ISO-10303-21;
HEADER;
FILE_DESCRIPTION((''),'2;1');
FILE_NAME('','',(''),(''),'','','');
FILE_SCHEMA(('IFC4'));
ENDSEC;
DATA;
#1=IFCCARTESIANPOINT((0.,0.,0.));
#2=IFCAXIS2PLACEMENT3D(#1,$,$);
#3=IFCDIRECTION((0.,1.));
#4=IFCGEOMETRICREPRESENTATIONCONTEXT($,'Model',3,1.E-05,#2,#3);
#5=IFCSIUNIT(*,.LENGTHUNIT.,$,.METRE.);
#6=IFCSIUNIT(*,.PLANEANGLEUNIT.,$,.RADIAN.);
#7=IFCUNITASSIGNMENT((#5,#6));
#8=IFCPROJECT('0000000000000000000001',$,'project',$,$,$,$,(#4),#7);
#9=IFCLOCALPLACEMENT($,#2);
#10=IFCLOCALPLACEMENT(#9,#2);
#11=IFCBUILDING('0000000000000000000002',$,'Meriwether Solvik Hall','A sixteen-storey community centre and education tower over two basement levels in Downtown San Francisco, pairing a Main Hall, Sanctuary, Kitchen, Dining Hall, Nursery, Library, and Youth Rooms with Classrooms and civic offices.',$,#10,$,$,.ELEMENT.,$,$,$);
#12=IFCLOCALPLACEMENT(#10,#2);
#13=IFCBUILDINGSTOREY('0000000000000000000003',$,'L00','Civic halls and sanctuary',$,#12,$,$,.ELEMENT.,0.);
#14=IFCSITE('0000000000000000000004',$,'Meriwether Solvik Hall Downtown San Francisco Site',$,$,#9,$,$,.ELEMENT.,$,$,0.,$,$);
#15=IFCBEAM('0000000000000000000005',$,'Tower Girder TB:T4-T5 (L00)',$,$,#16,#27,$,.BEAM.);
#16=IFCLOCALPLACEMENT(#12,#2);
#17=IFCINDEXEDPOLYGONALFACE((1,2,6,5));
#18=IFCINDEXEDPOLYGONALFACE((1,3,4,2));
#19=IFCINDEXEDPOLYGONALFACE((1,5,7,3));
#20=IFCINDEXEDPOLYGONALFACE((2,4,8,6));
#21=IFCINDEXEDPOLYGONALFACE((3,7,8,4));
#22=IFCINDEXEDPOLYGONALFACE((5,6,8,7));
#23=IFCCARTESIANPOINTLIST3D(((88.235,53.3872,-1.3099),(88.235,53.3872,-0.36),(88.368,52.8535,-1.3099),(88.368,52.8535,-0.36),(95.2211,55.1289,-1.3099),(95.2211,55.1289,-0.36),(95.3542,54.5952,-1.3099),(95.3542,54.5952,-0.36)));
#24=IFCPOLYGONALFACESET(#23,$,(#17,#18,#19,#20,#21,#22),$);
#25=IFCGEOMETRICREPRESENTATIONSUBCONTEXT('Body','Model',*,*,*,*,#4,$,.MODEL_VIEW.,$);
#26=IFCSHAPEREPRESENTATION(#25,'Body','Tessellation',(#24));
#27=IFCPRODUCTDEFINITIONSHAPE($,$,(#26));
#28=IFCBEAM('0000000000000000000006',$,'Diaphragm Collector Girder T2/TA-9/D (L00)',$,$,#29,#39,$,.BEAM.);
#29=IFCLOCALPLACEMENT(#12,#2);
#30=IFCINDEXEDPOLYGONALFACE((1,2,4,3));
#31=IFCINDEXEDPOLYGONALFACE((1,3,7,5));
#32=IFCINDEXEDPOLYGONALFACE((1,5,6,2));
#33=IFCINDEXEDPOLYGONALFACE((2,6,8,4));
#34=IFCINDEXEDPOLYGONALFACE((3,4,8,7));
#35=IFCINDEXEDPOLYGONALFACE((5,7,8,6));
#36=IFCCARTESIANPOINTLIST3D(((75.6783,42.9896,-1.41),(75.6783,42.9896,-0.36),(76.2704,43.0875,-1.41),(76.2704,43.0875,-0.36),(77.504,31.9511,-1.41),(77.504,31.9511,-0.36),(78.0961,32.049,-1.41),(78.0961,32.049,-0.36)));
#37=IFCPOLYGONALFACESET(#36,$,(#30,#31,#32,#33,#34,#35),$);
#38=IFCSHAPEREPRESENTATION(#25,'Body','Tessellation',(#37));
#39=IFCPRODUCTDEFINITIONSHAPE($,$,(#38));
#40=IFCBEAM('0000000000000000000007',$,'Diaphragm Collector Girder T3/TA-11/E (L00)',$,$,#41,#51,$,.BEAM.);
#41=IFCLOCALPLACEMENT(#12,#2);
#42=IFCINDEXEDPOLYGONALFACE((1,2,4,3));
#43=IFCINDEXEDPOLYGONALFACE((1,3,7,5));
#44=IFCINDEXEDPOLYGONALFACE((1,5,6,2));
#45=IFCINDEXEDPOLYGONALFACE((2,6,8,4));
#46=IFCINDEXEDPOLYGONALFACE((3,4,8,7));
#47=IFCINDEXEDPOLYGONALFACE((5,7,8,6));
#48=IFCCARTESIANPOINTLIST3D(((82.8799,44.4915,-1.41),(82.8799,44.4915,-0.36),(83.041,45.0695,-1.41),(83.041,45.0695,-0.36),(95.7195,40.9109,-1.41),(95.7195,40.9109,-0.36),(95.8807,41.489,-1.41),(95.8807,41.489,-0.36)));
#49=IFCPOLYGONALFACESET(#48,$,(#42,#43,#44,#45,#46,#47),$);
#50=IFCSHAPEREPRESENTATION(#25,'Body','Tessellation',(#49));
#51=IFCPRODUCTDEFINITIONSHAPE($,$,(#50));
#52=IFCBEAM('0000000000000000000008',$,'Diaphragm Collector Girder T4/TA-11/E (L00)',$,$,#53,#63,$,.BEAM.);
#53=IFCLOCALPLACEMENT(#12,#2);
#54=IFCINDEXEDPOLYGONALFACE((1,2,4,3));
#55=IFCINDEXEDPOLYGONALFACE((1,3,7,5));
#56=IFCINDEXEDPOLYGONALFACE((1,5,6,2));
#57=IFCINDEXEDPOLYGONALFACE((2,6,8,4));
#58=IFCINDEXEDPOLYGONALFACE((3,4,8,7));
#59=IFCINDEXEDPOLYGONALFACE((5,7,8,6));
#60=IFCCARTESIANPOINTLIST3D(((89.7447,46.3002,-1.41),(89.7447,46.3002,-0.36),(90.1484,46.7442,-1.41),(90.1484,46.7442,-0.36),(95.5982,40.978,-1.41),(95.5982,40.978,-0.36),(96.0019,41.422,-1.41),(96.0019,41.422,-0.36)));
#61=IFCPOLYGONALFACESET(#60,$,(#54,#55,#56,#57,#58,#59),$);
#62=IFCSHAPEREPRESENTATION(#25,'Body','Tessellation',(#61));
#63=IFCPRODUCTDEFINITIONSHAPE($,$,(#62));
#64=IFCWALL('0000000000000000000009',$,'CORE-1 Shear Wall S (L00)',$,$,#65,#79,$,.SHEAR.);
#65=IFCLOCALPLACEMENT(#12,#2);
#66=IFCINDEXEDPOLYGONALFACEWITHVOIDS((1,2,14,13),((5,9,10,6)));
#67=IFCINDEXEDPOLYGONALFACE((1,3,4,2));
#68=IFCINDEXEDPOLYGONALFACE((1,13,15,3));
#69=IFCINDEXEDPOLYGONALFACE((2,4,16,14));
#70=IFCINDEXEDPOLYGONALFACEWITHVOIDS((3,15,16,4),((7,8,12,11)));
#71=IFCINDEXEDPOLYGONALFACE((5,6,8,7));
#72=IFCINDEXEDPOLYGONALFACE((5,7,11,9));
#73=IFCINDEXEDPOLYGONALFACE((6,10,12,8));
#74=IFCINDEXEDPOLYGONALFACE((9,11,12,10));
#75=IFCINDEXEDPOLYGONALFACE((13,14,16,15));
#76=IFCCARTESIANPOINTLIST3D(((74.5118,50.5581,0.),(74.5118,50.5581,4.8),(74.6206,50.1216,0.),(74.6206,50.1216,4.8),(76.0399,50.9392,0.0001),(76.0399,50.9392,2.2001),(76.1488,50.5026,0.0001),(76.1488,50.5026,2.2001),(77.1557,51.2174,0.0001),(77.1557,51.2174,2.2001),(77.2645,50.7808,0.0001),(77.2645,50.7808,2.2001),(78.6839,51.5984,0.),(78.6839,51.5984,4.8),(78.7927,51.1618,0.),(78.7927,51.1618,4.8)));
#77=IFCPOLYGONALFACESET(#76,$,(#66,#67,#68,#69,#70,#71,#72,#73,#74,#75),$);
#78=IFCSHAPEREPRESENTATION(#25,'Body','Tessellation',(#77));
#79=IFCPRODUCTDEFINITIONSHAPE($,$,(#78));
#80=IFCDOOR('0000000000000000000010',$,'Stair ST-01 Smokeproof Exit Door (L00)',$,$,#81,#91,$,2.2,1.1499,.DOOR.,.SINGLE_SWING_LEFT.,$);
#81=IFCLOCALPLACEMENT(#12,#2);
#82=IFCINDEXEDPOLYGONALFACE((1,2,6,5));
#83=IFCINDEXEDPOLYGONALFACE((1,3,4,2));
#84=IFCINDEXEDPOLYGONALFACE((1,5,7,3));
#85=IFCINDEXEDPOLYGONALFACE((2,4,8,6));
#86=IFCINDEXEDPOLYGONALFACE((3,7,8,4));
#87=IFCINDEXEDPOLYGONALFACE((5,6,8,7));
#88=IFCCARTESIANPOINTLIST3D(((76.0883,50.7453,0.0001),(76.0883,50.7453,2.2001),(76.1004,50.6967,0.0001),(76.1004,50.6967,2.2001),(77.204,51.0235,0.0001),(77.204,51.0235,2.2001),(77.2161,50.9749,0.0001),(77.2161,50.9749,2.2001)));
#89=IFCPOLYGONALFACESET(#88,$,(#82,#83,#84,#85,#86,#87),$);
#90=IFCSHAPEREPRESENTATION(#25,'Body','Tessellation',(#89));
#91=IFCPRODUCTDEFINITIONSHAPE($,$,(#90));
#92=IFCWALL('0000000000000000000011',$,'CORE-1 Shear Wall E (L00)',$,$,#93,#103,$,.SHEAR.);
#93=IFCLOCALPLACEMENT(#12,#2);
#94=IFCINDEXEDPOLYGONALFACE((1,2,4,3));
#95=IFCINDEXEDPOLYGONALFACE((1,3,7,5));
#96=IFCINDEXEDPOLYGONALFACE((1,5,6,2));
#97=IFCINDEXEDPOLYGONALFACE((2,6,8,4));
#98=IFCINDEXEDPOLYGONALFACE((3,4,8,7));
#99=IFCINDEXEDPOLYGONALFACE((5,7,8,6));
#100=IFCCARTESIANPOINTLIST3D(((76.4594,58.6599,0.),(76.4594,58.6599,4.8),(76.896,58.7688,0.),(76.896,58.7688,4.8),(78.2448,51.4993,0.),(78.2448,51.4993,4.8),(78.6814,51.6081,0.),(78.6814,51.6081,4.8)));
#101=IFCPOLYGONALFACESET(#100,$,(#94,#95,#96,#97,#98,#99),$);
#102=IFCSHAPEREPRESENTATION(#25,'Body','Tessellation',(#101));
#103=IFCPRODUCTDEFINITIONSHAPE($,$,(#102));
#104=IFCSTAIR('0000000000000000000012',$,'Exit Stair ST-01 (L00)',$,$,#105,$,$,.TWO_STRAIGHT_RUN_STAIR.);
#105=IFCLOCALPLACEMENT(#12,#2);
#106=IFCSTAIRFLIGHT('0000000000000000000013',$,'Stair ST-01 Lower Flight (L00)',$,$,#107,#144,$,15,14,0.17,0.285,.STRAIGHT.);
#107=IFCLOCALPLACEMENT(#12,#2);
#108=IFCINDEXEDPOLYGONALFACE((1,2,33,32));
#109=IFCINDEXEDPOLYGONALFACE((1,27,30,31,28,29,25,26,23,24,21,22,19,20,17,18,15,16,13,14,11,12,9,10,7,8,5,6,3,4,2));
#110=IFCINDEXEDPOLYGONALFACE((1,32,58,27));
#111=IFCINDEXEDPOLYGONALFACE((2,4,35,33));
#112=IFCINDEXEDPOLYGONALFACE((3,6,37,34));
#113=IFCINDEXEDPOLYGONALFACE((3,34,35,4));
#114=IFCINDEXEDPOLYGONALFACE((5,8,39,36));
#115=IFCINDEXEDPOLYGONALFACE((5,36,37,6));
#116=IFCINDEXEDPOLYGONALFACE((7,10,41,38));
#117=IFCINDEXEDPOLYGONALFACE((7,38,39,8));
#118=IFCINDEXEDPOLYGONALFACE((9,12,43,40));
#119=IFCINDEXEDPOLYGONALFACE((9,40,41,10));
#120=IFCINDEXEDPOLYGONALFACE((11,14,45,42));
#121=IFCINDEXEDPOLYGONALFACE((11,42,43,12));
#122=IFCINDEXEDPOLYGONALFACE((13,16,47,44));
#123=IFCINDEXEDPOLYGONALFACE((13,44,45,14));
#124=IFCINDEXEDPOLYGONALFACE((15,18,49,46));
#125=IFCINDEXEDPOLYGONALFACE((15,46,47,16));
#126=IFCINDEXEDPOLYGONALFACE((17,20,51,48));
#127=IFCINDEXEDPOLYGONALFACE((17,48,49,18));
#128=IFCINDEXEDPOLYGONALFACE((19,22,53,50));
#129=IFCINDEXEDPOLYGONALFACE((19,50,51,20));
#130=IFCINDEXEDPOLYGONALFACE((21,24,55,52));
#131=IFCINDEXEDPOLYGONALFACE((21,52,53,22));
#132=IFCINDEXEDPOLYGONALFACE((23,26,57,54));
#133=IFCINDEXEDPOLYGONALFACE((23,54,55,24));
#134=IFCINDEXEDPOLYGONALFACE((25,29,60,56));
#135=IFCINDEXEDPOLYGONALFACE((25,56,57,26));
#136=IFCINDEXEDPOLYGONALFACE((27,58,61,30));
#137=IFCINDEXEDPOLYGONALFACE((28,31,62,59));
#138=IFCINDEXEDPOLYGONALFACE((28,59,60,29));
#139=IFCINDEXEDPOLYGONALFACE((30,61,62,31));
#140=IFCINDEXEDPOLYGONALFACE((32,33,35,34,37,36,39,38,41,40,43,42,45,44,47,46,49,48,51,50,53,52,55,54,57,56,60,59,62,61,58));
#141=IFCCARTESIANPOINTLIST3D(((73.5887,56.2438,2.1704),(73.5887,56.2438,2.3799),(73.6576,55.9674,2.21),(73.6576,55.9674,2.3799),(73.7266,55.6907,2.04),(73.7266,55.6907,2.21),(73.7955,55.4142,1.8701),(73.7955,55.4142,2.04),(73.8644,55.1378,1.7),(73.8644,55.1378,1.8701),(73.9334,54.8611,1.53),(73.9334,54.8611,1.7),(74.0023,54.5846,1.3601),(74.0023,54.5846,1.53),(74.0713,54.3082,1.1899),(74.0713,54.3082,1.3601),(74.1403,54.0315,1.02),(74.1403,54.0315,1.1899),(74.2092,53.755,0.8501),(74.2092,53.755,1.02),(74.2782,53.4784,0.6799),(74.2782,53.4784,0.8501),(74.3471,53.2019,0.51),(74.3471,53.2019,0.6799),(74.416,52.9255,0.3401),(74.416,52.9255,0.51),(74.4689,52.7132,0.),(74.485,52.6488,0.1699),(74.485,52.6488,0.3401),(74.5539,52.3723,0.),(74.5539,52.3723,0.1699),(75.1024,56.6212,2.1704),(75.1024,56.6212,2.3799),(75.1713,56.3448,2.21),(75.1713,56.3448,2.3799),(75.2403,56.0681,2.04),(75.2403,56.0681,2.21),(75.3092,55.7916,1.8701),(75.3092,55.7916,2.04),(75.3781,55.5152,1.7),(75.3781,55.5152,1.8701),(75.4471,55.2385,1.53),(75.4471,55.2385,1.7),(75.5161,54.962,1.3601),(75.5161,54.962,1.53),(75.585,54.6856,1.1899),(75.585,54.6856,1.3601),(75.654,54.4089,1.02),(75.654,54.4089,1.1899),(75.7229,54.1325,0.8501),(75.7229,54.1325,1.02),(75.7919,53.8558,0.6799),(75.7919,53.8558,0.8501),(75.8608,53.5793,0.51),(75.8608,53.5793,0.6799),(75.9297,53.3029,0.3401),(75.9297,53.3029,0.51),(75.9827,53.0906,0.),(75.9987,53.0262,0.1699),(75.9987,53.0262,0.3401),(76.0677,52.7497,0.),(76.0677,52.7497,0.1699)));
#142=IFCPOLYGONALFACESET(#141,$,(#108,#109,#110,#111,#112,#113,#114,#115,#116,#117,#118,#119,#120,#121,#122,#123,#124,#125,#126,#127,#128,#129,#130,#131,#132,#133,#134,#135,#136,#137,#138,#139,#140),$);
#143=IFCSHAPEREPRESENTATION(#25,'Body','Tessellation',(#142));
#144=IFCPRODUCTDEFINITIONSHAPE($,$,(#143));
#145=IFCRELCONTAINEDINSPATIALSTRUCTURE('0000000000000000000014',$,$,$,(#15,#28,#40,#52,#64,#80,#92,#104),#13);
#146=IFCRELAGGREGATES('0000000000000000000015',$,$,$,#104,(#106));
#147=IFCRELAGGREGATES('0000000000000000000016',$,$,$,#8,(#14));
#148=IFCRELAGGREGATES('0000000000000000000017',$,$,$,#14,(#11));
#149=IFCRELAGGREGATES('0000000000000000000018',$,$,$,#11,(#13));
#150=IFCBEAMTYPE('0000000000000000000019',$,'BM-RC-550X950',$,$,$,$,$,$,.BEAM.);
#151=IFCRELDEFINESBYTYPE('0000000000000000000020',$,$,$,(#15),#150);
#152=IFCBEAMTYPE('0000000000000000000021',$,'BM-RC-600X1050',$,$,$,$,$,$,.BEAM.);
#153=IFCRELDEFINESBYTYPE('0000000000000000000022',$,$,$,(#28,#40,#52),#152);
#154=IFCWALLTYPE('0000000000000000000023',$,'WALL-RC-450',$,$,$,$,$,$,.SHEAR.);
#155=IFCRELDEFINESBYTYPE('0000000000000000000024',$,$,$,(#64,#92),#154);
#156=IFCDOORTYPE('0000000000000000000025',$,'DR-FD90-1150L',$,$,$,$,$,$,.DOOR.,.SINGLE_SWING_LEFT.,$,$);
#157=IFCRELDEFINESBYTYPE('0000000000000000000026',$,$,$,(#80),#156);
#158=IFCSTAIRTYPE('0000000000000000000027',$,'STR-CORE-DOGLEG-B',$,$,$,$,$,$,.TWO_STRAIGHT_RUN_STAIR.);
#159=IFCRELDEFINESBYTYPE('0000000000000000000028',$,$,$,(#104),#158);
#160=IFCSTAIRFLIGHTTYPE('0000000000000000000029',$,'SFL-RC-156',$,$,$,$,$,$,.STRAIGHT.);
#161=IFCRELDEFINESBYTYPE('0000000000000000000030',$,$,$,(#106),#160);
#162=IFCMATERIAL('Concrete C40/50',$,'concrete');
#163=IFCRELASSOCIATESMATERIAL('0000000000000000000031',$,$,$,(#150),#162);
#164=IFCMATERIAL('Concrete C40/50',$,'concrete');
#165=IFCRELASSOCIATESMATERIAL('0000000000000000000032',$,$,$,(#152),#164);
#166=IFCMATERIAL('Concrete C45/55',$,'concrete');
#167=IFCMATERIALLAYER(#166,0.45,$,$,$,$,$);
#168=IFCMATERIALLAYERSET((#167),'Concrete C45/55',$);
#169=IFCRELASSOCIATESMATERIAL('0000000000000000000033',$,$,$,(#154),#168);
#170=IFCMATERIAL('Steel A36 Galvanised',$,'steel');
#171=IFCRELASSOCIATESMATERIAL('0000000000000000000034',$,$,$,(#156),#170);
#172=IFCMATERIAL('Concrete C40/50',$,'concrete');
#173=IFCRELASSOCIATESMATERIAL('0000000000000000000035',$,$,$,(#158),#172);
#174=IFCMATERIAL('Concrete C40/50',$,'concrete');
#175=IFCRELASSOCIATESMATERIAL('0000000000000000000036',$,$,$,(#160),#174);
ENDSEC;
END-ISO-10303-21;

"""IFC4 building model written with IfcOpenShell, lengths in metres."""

from ifc_helpers import new_model, si_unit, direction, frame, frame_2d, origin, origin_2d, place, context, subcontext, project, spatial, polyline, rectangle, outline, extrude, material, layer, layer_set, material_profile, profile_set, type_object, element, fill, aggregate, save


model = new_model("IFC4")

# Units and contexts
model_context = context("Model", 3, precision=1e-05, world=origin(), true_north=direction((0.0, 1.0)))
body_context = subcontext(model_context, "Body", "Model", "MODEL_VIEW")
ifc_project = project(units=[si_unit("LENGTHUNIT", "METRE"), si_unit("PLANEANGLEUNIT", "RADIAN")], contexts=[model_context])

# Site, building, storey
site_placement = place(None, origin())
site = spatial("IfcSite", under=ifc_project, at=site_placement, Name="Meriwether Solvik Hall Downtown San Francisco Site", CompositionType="ELEMENT", RefElevation=0.0)
building_placement = place(site_placement, origin())
building = spatial("IfcBuilding", under=site, at=building_placement, Name="Meriwether Solvik Hall", Description="A sixteen-storey community centre and education tower over two basement levels in Downtown San Francisco, pairing a Main Hall, Sanctuary, Kitchen, Dining Hall, Nursery, Library, and Youth Rooms with Classrooms and civic offices.", CompositionType="ELEMENT")
storey_placement = place(building_placement, origin())
storey = spatial("IfcBuildingStorey", under=building, at=storey_placement, Name="L00", Description="Civic halls and sanctuary", CompositionType="ELEMENT", Elevation=0.0)

# Beams
ifc_material_1 = material(Name="Concrete C40/50", Category="concrete")
ifc_material_profile_1 = material_profile(ifc_material_1, rectangle(XDim=0.55, YDim=0.95, at=origin_2d()), Name="RCB-550X950")
ifc_profile_set_1 = profile_set([ifc_material_profile_1], Name="Concrete C40/50")
beam_type_1 = type_object("IfcBeamType", Name="BM-RC-550X950", PredefinedType="BEAM", material=ifc_profile_set_1)
for number, where, z_axis, x_axis, name in (
    (1, (88.3015, 53.1204, -0.835), (0.9703, 0.241905, 0.0), (-0.241905, 0.9703, 0.0), "Tower Girder TB:T4-T5 (L00)"),
):
    element("IfcBeam", number, at=place(storey_placement, frame(where, z_axis=z_axis, x_axis=x_axis)), inside=storey, type_object=beam_type_1, Name=name, PredefinedType="BEAM", context=body_context, shape_type="SweptSolid", body=[
        extrude(rectangle(XDim=0.55, YDim=0.95, at=origin_2d()), origin(), (0.0, 0.0, 1.0), 7.2),
    ])
ifc_material_2 = material(Name="Concrete C40/50", Category="concrete")
ifc_material_profile_2 = material_profile(ifc_material_2, rectangle(XDim=0.6001, YDim=1.05, at=origin_2d()), Name="RCB-600X1050")
ifc_profile_set_2 = profile_set([ifc_material_profile_2], Name="Concrete C40/50")
beam_type_2 = type_object("IfcBeamType", Name="BM-RC-600X1050", PredefinedType="BEAM", material=ifc_profile_set_2)
beam_1_placement = place(storey_placement, frame((75.9744, 43.0386, -0.885), z_axis=(0.163175, -0.986597, 0.0), x_axis=(0.986597, 0.163175, 0.0)))
element("IfcBeam", 2, at=beam_1_placement, inside=storey, type_object=beam_type_2, Name="Diaphragm Collector Girder T2/TA-9/D (L00)", PredefinedType="BEAM", context=body_context, shape_type="SweptSolid", body=[
    extrude(rectangle(XDim=0.6001, YDim=1.05, at=origin_2d()), origin(), (0.0, 0.0, 1.0), 11.1885),
])
beam_2_placement = place(storey_placement, frame((82.9604, 44.7805, -0.885), z_axis=(0.963246, -0.26862, 0.0), x_axis=(0.26862, 0.963246, 0.0)))
element("IfcBeam", 3, at=beam_2_placement, inside=storey, type_object=beam_type_2, Name="Diaphragm Collector Girder T3/TA-11/E (L00)", PredefinedType="BEAM", context=body_context, shape_type="SweptSolid", body=[
    extrude(rectangle(XDim=0.6001, YDim=1.05, at=origin_2d()), origin(), (0.0, 0.0, 1.0), 13.3296),
])
beam_3_placement = place(storey_placement, frame((89.9465, 46.5222, -0.885), z_axis=(0.739884, -0.672734, 0.0), x_axis=(0.672734, 0.739884, 0.0)))
element("IfcBeam", 4, at=beam_3_placement, inside=storey, type_object=beam_type_2, Name="Diaphragm Collector Girder T4/TA-11/E (L00)", PredefinedType="BEAM", context=body_context, shape_type="SweptSolid", body=[
    extrude(rectangle(XDim=0.6001, YDim=1.05, at=origin_2d()), origin(), (0.0, 0.0, 1.0), 7.9114),
])

# Wall, opening, door
ifc_material_3 = material(Name="Concrete C45/55", Category="concrete")
ifc_layer_1 = layer(ifc_material_3, 0.45)
ifc_layer_set_1 = layer_set([ifc_layer_1], Name="Concrete C45/55")
wall_type = type_object("IfcWallType", Name="WALL-RC-450", PredefinedType="SHEAR", material=ifc_layer_set_1)
wall_1_placement = place(storey_placement, frame((78.7383, 51.3801, 0.0), z_axis=(0.0, 0.0, 1.0), x_axis=(-0.970293, -0.241934, 0.0)))
wall_1 = element("IfcWall", 5, at=wall_1_placement, inside=storey, type_object=wall_type, Name="CORE-1 Shear Wall S (L00)", PredefinedType="SHEAR", context=body_context, shape_type="SweptSolid", body=[
    extrude(rectangle(XDim=4.2998, YDim=0.45, at=frame_2d((2.1499, 0.0))), origin(), (0.0, 0.0, 1.0), 4.8),
])
opening_placement = place(wall_1_placement, frame((1.575, 0.0, 0.0)))
opening = element("IfcOpeningElement", 6, at=opening_placement, cuts=wall_1, PredefinedType="OPENING", context=body_context, shape_type="SweptSolid", body=[
    extrude(rectangle(XDim=1.1499, YDim=2.2, at=frame_2d((0.575, 1.1001))), frame((0.0, 0.2368, 0.0), z_axis=(0.0, -1.0, 0.0), x_axis=(1.0, 0.0, 0.0)), (0.0, 0.0, 1.0), 0.4739),
])
ifc_material_4 = material(Name="Steel A36 Galvanised", Category="steel")
door_type = type_object("IfcDoorType", Name="DR-FD90-1150L", OperationType="SINGLE_SWING_LEFT", PredefinedType="DOOR", material=ifc_material_4)
door_placement = place(opening_placement, origin())
door = element("IfcDoor", 7, at=door_placement, inside=storey, type_object=door_type, Name="Stair ST-01 Smokeproof Exit Door (L00)", OperationType="SINGLE_SWING_LEFT", OverallHeight=2.2, OverallWidth=1.1499, PredefinedType="DOOR", context=body_context, shape_type="SweptSolid", body=[
    extrude(rectangle(XDim=1.1499, YDim=2.2, at=frame_2d((0.575, 1.1001))), frame((0.0, 0.0249, 0.0), z_axis=(0.0, -1.0, 0.0), x_axis=(1.0, 0.0, 0.0)), (0.0, 0.0, 1.0), 0.05),
])
fill(opening, door)

# Wall
wall_2_placement = place(storey_placement, frame((78.4631, 51.5537, 0.0), z_axis=(0.0, 0.0, 1.0), x_axis=(-0.241928, 0.970294, 0.0)))
element("IfcWall", 8, at=wall_2_placement, inside=storey, type_object=wall_type, Name="CORE-1 Shear Wall E (L00)", PredefinedType="SHEAR", context=body_context, shape_type="SweptSolid", body=[
    extrude(rectangle(XDim=7.3799, YDim=0.45, at=frame_2d((3.6899, 0.0))), origin(), (0.0, 0.0, 1.0), 4.8),
])

# Stair, stair flight
ifc_material_5 = material(Name="Concrete C40/50", Category="concrete")
stair_type = type_object("IfcStairType", Name="STR-CORE-DOGLEG-B", PredefinedType="TWO_STRAIGHT_RUN_STAIR", material=ifc_material_5)
stair_placement = place(storey_placement, origin())
stair = element("IfcStair", 9, at=stair_placement, inside=storey, type_object=stair_type, Name="Exit Stair ST-01 (L00)", PredefinedType="TWO_STRAIGHT_RUN_STAIR")
ifc_material_6 = material(Name="Concrete C40/50", Category="concrete")
stair_flight_type = type_object("IfcStairFlightType", Name="SFL-RC-156", PredefinedType="STRAIGHT", material=ifc_material_6)
stair_flight_placement = place(storey_placement, frame((75.3108, 52.561, 0.0), z_axis=(0.0, 0.0, 1.0), x_axis=(-0.241922, 0.970296, 0.0)))
stair_flight = element("IfcStairFlight", 10, at=stair_flight_placement, type_object=stair_flight_type, Name="Stair ST-01 Lower Flight (L00)", NumberOfRisers=15, NumberOfTreads=14, PredefinedType="STRAIGHT", RiserHeight=0.17, TreadLength=0.285, context=body_context, shape_type="SweptSolid", body=[
    extrude(outline(polyline([(0.0, 0.0), (0.0, 0.1699), (0.2849, 0.1699), (0.2849, 0.3401), (0.5701, 0.3401), (0.5701, 0.51), (0.855, 0.51), (0.855, 0.6799), (1.1399, 0.6799), (1.1399, 0.8501), (1.425, 0.8501), (1.425, 1.02), (1.71, 1.02), (1.71, 1.1899), (1.9951, 1.1899), (1.9951, 1.3601), (2.28, 1.3601), (2.28, 1.53), (2.5649, 1.53), (2.5649, 1.7), (2.8501, 1.7), (2.8501, 1.8701), (3.135, 1.8701), (3.135, 2.04), (3.4199, 2.04), (3.4199, 2.21), (3.7051, 2.21), (3.7051, 2.3799), (3.99, 2.3799), (3.99, 2.55), (3.99, 2.1704), (0.3513, 0.0), (0.0, 0.0)])), frame((0.0, 0.78, 0.0), z_axis=(0.0, -1.0, 0.0), x_axis=(1.0, 0.0, 0.0)), (0.0, 0.0, 1.0), 1.5601),
])
aggregate(stair, [stair_flight])

save(model, "model.ifc")
